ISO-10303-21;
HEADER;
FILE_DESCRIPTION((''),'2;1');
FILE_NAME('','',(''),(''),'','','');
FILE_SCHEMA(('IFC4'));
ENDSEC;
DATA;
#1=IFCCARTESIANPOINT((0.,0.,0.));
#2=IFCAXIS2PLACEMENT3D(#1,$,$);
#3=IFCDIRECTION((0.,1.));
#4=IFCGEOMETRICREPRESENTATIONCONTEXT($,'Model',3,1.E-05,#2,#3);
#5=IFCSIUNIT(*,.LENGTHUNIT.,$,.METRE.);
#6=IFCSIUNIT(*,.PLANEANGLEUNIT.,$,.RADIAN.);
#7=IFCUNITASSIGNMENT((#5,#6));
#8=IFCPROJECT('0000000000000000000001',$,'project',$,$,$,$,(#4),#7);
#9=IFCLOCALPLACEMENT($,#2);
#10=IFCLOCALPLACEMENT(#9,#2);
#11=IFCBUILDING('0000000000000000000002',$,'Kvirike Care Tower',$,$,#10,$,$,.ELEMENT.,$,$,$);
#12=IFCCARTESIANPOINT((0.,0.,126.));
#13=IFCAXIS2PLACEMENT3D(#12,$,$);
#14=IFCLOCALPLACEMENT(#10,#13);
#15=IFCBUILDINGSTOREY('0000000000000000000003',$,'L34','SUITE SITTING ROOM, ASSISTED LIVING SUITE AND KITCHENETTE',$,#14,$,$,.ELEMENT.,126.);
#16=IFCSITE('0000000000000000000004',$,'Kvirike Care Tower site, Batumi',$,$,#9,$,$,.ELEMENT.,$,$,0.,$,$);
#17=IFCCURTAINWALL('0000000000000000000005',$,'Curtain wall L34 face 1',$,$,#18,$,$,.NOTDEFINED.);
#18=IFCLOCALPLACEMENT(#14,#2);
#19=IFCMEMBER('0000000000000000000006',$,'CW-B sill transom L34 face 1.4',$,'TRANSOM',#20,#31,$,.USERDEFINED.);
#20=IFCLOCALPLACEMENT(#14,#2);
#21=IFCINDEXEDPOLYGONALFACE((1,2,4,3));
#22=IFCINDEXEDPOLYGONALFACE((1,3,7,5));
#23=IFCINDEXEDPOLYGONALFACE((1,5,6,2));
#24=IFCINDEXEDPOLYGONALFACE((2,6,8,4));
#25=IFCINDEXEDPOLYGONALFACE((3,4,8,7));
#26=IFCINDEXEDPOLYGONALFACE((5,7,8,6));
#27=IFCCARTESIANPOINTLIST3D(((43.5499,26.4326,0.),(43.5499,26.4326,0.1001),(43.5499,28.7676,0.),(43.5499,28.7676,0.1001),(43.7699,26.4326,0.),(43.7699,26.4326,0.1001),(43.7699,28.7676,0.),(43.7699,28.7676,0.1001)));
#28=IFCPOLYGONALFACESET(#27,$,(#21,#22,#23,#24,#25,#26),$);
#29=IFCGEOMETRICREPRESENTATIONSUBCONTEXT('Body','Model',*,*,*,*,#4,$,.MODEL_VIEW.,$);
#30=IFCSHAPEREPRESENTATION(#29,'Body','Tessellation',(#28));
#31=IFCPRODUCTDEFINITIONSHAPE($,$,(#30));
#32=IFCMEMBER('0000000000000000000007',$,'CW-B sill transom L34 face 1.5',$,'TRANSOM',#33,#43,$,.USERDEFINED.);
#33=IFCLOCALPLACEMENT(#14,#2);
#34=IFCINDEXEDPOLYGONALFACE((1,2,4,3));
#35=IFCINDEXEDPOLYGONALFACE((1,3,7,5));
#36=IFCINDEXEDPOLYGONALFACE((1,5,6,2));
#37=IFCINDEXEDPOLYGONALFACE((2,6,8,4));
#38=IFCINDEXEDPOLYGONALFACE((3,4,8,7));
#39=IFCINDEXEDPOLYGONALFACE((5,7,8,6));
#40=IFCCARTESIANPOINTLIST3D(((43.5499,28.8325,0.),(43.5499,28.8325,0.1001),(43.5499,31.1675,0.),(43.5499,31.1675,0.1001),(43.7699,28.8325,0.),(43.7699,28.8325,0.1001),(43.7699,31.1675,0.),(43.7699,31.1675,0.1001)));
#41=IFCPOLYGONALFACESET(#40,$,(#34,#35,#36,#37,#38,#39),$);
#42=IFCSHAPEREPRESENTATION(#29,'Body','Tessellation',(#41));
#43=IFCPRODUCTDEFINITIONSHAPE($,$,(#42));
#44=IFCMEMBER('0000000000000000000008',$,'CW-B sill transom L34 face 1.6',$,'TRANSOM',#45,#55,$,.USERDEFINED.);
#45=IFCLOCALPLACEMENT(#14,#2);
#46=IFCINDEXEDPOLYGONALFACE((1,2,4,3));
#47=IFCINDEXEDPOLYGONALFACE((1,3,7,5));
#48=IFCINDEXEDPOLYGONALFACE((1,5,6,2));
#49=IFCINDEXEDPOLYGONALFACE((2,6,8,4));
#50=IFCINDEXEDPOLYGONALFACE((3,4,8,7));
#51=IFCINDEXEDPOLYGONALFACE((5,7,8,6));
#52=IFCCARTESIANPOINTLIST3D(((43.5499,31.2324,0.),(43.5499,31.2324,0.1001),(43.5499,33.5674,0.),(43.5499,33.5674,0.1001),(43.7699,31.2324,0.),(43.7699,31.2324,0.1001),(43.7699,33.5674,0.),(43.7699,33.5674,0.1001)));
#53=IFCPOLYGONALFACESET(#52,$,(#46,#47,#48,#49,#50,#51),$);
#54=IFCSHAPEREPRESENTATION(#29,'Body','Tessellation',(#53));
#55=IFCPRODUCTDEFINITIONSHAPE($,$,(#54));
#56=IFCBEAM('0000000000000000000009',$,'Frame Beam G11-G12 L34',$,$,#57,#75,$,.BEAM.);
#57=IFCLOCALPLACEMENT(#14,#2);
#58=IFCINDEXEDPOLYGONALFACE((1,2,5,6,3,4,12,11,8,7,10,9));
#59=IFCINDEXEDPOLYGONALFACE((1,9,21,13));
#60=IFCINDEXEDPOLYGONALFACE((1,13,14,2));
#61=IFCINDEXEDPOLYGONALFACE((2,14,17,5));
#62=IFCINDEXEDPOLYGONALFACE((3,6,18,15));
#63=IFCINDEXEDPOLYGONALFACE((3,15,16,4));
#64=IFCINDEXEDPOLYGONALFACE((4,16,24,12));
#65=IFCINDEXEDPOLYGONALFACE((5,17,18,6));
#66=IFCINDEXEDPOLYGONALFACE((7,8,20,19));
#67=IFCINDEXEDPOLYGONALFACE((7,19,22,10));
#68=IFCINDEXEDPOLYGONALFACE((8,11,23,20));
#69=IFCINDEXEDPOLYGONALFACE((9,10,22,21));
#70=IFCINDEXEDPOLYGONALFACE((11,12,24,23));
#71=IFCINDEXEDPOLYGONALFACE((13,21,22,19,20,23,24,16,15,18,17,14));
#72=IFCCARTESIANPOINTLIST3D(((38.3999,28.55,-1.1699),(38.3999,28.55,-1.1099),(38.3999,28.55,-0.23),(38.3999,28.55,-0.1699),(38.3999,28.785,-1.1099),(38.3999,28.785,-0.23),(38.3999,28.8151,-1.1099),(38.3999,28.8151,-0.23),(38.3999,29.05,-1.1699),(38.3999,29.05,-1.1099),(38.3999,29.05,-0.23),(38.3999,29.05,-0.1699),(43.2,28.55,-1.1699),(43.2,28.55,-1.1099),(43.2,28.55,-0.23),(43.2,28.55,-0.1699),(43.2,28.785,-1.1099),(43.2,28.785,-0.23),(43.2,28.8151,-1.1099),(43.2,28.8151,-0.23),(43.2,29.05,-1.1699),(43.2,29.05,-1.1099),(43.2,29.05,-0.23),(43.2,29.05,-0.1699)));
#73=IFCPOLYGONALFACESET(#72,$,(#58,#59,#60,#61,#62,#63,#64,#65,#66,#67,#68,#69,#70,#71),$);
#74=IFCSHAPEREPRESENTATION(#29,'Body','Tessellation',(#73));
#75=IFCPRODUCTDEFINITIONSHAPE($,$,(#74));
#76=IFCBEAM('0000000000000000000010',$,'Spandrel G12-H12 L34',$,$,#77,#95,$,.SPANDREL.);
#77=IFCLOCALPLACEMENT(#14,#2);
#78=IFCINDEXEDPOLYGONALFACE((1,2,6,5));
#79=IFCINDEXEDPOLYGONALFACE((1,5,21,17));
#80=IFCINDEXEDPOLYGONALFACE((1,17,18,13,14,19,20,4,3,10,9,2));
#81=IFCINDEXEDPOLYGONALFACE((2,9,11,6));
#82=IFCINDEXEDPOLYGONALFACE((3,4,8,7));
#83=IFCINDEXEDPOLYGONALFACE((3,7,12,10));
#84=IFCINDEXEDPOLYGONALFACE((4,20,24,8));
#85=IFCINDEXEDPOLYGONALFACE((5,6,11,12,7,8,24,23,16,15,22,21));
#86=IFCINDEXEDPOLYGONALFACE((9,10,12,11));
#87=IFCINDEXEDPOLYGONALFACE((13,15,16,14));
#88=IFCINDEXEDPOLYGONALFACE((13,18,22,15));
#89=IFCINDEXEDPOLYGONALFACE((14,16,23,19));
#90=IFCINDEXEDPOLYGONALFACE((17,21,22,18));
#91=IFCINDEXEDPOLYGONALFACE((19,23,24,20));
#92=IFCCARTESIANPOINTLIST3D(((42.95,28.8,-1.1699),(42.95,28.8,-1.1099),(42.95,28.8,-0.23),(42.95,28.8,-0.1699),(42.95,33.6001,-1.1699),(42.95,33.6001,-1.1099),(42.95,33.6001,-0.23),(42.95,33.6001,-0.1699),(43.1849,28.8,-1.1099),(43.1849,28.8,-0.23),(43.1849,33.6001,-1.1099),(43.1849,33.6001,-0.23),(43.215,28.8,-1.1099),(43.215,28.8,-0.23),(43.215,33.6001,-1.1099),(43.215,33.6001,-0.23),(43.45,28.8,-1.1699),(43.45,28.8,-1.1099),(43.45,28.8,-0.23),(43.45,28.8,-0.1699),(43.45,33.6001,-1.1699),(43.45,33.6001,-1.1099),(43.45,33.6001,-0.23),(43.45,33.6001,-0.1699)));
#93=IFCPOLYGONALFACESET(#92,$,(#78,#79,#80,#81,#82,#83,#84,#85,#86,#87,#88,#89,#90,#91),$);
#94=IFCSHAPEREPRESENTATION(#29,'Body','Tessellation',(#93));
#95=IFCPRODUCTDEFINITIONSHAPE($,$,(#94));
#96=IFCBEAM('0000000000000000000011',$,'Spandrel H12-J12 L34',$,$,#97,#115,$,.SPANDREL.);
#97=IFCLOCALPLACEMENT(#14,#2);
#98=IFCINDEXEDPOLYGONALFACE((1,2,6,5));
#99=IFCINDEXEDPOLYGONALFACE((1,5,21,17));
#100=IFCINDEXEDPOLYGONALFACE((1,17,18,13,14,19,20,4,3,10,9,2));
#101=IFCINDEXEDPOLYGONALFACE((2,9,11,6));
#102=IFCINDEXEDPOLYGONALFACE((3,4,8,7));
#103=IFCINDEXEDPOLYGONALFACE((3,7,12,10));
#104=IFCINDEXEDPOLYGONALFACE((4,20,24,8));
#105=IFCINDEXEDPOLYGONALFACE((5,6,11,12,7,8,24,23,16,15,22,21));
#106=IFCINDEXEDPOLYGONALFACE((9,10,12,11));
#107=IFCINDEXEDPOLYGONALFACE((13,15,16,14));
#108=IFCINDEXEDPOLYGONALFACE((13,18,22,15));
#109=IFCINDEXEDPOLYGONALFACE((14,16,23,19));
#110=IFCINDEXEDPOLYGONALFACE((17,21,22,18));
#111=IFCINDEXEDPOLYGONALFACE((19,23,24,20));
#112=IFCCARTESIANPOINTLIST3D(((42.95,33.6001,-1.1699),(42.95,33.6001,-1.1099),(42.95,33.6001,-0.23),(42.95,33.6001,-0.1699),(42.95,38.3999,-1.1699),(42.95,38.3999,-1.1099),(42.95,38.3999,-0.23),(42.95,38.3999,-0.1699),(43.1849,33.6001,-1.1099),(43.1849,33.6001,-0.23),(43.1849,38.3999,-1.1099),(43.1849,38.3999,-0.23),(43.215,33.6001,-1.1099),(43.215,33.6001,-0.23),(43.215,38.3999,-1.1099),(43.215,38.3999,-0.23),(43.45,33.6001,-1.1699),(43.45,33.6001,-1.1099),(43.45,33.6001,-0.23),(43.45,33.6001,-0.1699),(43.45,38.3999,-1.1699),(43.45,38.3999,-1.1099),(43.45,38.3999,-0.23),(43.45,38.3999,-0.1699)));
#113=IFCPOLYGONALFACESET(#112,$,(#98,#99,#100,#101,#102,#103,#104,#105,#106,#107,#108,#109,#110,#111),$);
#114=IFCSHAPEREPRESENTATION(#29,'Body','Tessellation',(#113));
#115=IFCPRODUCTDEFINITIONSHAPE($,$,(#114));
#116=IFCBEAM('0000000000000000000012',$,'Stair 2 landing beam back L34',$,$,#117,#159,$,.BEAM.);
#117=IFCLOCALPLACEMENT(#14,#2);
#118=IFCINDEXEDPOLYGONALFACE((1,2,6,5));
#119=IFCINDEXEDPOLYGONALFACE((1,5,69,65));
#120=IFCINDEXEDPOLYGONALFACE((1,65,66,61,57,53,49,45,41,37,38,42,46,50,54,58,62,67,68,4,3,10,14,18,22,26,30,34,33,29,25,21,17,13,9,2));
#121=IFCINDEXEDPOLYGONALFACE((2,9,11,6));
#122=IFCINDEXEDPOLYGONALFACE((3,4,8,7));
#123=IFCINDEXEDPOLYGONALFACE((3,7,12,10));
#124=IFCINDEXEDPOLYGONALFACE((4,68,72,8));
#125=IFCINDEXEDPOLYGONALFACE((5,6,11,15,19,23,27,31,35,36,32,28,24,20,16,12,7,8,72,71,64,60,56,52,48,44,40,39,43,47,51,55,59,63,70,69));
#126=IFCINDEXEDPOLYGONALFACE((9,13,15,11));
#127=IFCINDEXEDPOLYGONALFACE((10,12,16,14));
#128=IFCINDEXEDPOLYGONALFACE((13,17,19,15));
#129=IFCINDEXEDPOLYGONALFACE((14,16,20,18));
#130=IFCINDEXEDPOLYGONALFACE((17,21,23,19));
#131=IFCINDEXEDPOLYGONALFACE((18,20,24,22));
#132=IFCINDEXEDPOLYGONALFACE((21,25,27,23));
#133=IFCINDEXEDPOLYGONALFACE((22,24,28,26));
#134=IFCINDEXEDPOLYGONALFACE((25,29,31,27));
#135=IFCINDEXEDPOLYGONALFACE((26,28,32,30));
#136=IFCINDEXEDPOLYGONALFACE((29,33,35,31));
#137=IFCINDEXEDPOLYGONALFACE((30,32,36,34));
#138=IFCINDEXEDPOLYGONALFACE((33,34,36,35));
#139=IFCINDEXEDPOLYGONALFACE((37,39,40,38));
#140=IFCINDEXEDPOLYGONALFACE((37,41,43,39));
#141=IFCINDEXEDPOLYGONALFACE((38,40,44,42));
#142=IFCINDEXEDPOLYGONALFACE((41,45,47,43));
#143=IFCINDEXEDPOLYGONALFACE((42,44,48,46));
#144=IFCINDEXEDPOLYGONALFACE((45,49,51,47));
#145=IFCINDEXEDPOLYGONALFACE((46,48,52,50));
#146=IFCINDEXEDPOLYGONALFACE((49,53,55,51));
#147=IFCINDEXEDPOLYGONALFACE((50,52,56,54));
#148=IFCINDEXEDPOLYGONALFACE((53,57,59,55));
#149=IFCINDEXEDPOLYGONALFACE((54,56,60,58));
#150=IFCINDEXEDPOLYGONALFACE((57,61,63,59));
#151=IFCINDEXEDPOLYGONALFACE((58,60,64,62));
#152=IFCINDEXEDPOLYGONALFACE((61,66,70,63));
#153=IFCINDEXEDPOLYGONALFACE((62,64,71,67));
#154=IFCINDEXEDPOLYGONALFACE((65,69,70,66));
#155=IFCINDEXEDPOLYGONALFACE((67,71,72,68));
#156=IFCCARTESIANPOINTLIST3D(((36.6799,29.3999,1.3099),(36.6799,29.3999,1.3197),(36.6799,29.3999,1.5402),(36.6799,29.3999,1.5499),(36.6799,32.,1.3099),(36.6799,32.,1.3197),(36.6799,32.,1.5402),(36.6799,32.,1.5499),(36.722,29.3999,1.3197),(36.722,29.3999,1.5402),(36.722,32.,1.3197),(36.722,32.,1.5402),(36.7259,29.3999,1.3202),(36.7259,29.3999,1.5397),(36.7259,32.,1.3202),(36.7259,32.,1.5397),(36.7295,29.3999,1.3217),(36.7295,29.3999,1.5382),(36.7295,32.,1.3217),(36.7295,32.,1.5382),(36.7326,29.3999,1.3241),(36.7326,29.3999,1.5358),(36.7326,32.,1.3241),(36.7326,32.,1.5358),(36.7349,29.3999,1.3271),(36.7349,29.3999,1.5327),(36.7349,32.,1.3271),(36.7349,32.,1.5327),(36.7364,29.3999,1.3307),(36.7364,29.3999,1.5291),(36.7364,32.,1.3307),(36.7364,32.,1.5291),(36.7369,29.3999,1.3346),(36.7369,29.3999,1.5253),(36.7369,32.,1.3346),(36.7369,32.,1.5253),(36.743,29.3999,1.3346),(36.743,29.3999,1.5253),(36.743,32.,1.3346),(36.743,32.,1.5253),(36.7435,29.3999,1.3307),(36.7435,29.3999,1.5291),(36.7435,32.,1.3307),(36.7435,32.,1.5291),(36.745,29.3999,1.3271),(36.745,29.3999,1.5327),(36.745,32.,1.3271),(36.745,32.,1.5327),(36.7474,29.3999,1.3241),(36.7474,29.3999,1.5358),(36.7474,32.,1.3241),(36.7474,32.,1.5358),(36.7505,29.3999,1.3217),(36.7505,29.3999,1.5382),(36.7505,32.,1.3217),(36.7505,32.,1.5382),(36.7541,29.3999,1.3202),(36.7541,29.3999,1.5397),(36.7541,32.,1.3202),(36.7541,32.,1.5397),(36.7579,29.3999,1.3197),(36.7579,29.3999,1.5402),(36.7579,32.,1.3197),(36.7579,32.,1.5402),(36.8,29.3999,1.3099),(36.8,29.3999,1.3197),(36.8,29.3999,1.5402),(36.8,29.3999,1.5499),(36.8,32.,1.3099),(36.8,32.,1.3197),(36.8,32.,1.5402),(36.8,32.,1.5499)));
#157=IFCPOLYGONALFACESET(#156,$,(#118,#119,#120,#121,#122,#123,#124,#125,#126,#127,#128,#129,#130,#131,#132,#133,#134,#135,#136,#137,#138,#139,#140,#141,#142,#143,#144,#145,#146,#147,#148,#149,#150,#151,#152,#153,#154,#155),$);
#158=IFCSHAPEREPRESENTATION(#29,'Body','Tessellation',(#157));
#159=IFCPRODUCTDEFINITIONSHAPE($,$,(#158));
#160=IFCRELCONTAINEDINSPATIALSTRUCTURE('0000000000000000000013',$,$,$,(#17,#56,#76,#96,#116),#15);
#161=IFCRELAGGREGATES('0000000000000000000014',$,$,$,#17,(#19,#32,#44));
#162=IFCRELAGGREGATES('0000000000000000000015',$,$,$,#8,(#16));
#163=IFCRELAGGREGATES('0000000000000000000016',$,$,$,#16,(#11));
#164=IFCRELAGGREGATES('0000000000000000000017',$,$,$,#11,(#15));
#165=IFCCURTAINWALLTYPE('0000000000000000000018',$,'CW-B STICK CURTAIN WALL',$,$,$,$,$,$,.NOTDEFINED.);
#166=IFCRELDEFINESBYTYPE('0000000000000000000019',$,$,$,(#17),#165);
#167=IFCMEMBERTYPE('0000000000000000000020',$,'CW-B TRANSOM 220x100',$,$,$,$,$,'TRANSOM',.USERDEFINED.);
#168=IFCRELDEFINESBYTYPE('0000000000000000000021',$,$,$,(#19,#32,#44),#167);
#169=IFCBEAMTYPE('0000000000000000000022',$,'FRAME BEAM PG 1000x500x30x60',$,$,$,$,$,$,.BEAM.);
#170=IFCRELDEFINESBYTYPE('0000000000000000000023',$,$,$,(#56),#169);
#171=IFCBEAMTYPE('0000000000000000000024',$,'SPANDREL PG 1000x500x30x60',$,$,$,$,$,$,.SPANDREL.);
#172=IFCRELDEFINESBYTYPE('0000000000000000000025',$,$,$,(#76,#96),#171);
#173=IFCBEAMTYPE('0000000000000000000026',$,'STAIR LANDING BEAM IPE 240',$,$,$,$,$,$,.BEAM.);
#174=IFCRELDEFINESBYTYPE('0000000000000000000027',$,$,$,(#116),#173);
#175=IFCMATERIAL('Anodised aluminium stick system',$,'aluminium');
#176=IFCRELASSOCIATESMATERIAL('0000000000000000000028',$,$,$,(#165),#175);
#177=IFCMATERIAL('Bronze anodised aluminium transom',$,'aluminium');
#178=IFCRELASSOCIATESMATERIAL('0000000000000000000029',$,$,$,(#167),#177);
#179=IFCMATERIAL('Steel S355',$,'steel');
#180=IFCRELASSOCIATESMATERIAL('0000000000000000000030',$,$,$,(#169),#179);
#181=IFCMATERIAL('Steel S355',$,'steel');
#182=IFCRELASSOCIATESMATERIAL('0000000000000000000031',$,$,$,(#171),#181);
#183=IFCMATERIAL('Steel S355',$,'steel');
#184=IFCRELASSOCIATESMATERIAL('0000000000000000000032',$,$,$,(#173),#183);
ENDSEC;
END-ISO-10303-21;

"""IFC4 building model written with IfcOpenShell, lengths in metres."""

from ifc_helpers import new_model, si_unit, direction, frame, origin, origin_2d, place, context, subcontext, project, spatial, rectangle, i_section, extrude, material, material_profile, profile_set, type_object, element, aggregate, save


model = new_model("IFC4")

# Units and contexts
model_context = context("Model", 3, precision=1e-05, world=origin(), true_north=direction((0.0, 1.0)))
body_context = subcontext(model_context, "Body", "Model", "MODEL_VIEW")
ifc_project = project(units=[si_unit("LENGTHUNIT", "METRE"), si_unit("PLANEANGLEUNIT", "RADIAN")], contexts=[model_context])

# Site, building, storey
site_placement = place(None, origin())
site = spatial("IfcSite", under=ifc_project, at=site_placement, Name="Kvirike Care Tower site, Batumi", CompositionType="ELEMENT", RefElevation=0.0)
building_placement = place(site_placement, origin())
building = spatial("IfcBuilding", under=site, at=building_placement, Name="Kvirike Care Tower", CompositionType="ELEMENT")
storey_placement = place(building_placement, frame((0.0, 0.0, 126.0)))
storey = spatial("IfcBuildingStorey", under=building, at=storey_placement, Name="L34", Description="SUITE SITTING ROOM, ASSISTED LIVING SUITE AND KITCHENETTE", CompositionType="ELEMENT", Elevation=126.0)

# Curtain wall, members
ifc_material_1 = material(Name="Anodised aluminium stick system", Category="aluminium")
curtain_wall_type = type_object("IfcCurtainWallType", Name="CW-B STICK CURTAIN WALL", PredefinedType="NOTDEFINED", material=ifc_material_1)
curtain_wall_placement = place(storey_placement, origin())
curtain_wall = element("IfcCurtainWall", 1, at=curtain_wall_placement, inside=storey, type_object=curtain_wall_type, Name="Curtain wall L34 face 1", PredefinedType="NOTDEFINED")
ifc_material_2 = material(Name="Bronze anodised aluminium transom", Category="aluminium")
ifc_material_profile_1 = material_profile(ifc_material_2, rectangle(XDim=0.22, YDim=0.1001, at=origin_2d()), Name="CW-B TRANSOM 220x100")
ifc_profile_set_1 = profile_set([ifc_material_profile_1], Name="Bronze anodised aluminium transom")
member_type_1 = type_object("IfcMemberType", Name="CW-B TRANSOM 220x100", ElementType="TRANSOM", PredefinedType="USERDEFINED", material=ifc_profile_set_1)
member_1_placement = place(storey_placement, frame((43.6599, 26.4326, 0.05), z_axis=(0.0, 1.0, 0.0), x_axis=(-1.0, 0.0, 0.0)))
member_1 = element("IfcMember", 2, at=member_1_placement, type_object=member_type_1, Name="CW-B sill transom L34 face 1.4", ObjectType="TRANSOM", PredefinedType="USERDEFINED", context=body_context, shape_type="SweptSolid", body=[
    extrude(rectangle(XDim=0.22, YDim=0.1001, at=origin_2d()), origin(), (0.0, 0.0, 1.0), 2.335),
])
member_2_placement = place(storey_placement, frame((43.6599, 28.8325, 0.05), z_axis=(0.0, 1.0, 0.0), x_axis=(-1.0, 0.0, 0.0)))
member_2 = element("IfcMember", 3, at=member_2_placement, type_object=member_type_1, Name="CW-B sill transom L34 face 1.5", ObjectType="TRANSOM", PredefinedType="USERDEFINED", context=body_context, shape_type="SweptSolid", body=[
    extrude(rectangle(XDim=0.22, YDim=0.1001, at=origin_2d()), origin(), (0.0, 0.0, 1.0), 2.335),
])
member_3_placement = place(storey_placement, frame((43.6599, 31.2324, 0.05), z_axis=(0.0, 1.0, 0.0), x_axis=(-1.0, 0.0, 0.0)))
member_3 = element("IfcMember", 4, at=member_3_placement, type_object=member_type_1, Name="CW-B sill transom L34 face 1.6", ObjectType="TRANSOM", PredefinedType="USERDEFINED", context=body_context, shape_type="SweptSolid", body=[
    extrude(rectangle(XDim=0.22, YDim=0.1001, at=origin_2d()), origin(), (0.0, 0.0, 1.0), 2.335),
])

# Beams
ifc_material_3 = material(Name="Steel S355", Category="steel")
ifc_material_profile_2 = material_profile(ifc_material_3, i_section(OverallWidth=0.5, OverallDepth=1.0, WebThickness=0.03, FlangeThickness=0.0601, at=origin_2d()), Name="PG 1000x500x30x60")
ifc_profile_set_2 = profile_set([ifc_material_profile_2], Name="Steel S355")
beam_type_1 = type_object("IfcBeamType", Name="FRAME BEAM PG 1000x500x30x60", PredefinedType="BEAM", material=ifc_profile_set_2)
beam_1_placement = place(storey_placement, frame((38.3999, 28.8, -0.6699), z_axis=(1.0, 0.0, 0.0), x_axis=(0.0, 1.0, 0.0)))
element("IfcBeam", 5, at=beam_1_placement, inside=storey, type_object=beam_type_1, Name="Frame Beam G11-G12 L34", PredefinedType="BEAM", context=body_context, shape_type="SweptSolid", body=[
    extrude(i_section(OverallWidth=0.5, OverallDepth=1.0, WebThickness=0.03, FlangeThickness=0.0601, at=origin_2d()), origin(), (0.0, 0.0, 1.0), 4.8),
])
ifc_material_4 = material(Name="Steel S355", Category="steel")
ifc_material_profile_3 = material_profile(ifc_material_4, i_section(OverallWidth=0.5, OverallDepth=1.0, WebThickness=0.03, FlangeThickness=0.0601, at=origin_2d()), Name="PG 1000x500x30x60")
ifc_profile_set_3 = profile_set([ifc_material_profile_3], Name="Steel S355")
beam_type_2 = type_object("IfcBeamType", Name="SPANDREL PG 1000x500x30x60", PredefinedType="SPANDREL", material=ifc_profile_set_3)
beam_2_placement = place(storey_placement, frame((43.2, 28.8, -0.6699), z_axis=(0.0, 1.0, 0.0), x_axis=(-1.0, 0.0, 0.0)))
element("IfcBeam", 6, at=beam_2_placement, inside=storey, type_object=beam_type_2, Name="Spandrel G12-H12 L34", PredefinedType="SPANDREL", context=body_context, shape_type="SweptSolid", body=[
    extrude(i_section(OverallWidth=0.5, OverallDepth=1.0, WebThickness=0.03, FlangeThickness=0.0601, at=origin_2d()), origin(), (0.0, 0.0, 1.0), 4.8),
])
beam_3_placement = place(storey_placement, frame((43.2, 33.6001, -0.6699), z_axis=(0.0, 1.0, 0.0), x_axis=(-1.0, 0.0, 0.0)))
element("IfcBeam", 7, at=beam_3_placement, inside=storey, type_object=beam_type_2, Name="Spandrel H12-J12 L34", PredefinedType="SPANDREL", context=body_context, shape_type="SweptSolid", body=[
    extrude(i_section(OverallWidth=0.5, OverallDepth=1.0, WebThickness=0.03, FlangeThickness=0.0601, at=origin_2d()), origin(), (0.0, 0.0, 1.0), 4.7998),
])
ifc_material_5 = material(Name="Steel S355", Category="steel")
ifc_material_profile_4 = material_profile(ifc_material_5, i_section(OverallWidth=0.1201, OverallDepth=0.24, WebThickness=0.0061, FlangeThickness=0.0098, FilletRadius=0.0149, at=origin_2d()), Name="IPE 240")
ifc_profile_set_4 = profile_set([ifc_material_profile_4], Name="Steel S355")
beam_type_3 = type_object("IfcBeamType", Name="STAIR LANDING BEAM IPE 240", PredefinedType="BEAM", material=ifc_profile_set_4)
for number, where, z_axis, x_axis, name in (
    (8, (36.74, 29.3999, 1.4299), (0.0, 1.0, 0.0), (-1.0, 0.0, 0.0), "Stair 2 landing beam back L34"),
):
    element("IfcBeam", number, at=place(storey_placement, frame(where, z_axis=z_axis, x_axis=x_axis)), inside=storey, type_object=beam_type_3, Name=name, PredefinedType="BEAM", context=body_context, shape_type="SweptSolid", body=[
        extrude(i_section(OverallWidth=0.1201, OverallDepth=0.24, WebThickness=0.0061, FlangeThickness=0.0098, FilletRadius=0.0149, at=origin_2d()), origin(), (0.0, 0.0, 1.0), 2.6001),
    ])

aggregate(curtain_wall, [member_1, member_2, member_3])

save(model, "model.ifc")
